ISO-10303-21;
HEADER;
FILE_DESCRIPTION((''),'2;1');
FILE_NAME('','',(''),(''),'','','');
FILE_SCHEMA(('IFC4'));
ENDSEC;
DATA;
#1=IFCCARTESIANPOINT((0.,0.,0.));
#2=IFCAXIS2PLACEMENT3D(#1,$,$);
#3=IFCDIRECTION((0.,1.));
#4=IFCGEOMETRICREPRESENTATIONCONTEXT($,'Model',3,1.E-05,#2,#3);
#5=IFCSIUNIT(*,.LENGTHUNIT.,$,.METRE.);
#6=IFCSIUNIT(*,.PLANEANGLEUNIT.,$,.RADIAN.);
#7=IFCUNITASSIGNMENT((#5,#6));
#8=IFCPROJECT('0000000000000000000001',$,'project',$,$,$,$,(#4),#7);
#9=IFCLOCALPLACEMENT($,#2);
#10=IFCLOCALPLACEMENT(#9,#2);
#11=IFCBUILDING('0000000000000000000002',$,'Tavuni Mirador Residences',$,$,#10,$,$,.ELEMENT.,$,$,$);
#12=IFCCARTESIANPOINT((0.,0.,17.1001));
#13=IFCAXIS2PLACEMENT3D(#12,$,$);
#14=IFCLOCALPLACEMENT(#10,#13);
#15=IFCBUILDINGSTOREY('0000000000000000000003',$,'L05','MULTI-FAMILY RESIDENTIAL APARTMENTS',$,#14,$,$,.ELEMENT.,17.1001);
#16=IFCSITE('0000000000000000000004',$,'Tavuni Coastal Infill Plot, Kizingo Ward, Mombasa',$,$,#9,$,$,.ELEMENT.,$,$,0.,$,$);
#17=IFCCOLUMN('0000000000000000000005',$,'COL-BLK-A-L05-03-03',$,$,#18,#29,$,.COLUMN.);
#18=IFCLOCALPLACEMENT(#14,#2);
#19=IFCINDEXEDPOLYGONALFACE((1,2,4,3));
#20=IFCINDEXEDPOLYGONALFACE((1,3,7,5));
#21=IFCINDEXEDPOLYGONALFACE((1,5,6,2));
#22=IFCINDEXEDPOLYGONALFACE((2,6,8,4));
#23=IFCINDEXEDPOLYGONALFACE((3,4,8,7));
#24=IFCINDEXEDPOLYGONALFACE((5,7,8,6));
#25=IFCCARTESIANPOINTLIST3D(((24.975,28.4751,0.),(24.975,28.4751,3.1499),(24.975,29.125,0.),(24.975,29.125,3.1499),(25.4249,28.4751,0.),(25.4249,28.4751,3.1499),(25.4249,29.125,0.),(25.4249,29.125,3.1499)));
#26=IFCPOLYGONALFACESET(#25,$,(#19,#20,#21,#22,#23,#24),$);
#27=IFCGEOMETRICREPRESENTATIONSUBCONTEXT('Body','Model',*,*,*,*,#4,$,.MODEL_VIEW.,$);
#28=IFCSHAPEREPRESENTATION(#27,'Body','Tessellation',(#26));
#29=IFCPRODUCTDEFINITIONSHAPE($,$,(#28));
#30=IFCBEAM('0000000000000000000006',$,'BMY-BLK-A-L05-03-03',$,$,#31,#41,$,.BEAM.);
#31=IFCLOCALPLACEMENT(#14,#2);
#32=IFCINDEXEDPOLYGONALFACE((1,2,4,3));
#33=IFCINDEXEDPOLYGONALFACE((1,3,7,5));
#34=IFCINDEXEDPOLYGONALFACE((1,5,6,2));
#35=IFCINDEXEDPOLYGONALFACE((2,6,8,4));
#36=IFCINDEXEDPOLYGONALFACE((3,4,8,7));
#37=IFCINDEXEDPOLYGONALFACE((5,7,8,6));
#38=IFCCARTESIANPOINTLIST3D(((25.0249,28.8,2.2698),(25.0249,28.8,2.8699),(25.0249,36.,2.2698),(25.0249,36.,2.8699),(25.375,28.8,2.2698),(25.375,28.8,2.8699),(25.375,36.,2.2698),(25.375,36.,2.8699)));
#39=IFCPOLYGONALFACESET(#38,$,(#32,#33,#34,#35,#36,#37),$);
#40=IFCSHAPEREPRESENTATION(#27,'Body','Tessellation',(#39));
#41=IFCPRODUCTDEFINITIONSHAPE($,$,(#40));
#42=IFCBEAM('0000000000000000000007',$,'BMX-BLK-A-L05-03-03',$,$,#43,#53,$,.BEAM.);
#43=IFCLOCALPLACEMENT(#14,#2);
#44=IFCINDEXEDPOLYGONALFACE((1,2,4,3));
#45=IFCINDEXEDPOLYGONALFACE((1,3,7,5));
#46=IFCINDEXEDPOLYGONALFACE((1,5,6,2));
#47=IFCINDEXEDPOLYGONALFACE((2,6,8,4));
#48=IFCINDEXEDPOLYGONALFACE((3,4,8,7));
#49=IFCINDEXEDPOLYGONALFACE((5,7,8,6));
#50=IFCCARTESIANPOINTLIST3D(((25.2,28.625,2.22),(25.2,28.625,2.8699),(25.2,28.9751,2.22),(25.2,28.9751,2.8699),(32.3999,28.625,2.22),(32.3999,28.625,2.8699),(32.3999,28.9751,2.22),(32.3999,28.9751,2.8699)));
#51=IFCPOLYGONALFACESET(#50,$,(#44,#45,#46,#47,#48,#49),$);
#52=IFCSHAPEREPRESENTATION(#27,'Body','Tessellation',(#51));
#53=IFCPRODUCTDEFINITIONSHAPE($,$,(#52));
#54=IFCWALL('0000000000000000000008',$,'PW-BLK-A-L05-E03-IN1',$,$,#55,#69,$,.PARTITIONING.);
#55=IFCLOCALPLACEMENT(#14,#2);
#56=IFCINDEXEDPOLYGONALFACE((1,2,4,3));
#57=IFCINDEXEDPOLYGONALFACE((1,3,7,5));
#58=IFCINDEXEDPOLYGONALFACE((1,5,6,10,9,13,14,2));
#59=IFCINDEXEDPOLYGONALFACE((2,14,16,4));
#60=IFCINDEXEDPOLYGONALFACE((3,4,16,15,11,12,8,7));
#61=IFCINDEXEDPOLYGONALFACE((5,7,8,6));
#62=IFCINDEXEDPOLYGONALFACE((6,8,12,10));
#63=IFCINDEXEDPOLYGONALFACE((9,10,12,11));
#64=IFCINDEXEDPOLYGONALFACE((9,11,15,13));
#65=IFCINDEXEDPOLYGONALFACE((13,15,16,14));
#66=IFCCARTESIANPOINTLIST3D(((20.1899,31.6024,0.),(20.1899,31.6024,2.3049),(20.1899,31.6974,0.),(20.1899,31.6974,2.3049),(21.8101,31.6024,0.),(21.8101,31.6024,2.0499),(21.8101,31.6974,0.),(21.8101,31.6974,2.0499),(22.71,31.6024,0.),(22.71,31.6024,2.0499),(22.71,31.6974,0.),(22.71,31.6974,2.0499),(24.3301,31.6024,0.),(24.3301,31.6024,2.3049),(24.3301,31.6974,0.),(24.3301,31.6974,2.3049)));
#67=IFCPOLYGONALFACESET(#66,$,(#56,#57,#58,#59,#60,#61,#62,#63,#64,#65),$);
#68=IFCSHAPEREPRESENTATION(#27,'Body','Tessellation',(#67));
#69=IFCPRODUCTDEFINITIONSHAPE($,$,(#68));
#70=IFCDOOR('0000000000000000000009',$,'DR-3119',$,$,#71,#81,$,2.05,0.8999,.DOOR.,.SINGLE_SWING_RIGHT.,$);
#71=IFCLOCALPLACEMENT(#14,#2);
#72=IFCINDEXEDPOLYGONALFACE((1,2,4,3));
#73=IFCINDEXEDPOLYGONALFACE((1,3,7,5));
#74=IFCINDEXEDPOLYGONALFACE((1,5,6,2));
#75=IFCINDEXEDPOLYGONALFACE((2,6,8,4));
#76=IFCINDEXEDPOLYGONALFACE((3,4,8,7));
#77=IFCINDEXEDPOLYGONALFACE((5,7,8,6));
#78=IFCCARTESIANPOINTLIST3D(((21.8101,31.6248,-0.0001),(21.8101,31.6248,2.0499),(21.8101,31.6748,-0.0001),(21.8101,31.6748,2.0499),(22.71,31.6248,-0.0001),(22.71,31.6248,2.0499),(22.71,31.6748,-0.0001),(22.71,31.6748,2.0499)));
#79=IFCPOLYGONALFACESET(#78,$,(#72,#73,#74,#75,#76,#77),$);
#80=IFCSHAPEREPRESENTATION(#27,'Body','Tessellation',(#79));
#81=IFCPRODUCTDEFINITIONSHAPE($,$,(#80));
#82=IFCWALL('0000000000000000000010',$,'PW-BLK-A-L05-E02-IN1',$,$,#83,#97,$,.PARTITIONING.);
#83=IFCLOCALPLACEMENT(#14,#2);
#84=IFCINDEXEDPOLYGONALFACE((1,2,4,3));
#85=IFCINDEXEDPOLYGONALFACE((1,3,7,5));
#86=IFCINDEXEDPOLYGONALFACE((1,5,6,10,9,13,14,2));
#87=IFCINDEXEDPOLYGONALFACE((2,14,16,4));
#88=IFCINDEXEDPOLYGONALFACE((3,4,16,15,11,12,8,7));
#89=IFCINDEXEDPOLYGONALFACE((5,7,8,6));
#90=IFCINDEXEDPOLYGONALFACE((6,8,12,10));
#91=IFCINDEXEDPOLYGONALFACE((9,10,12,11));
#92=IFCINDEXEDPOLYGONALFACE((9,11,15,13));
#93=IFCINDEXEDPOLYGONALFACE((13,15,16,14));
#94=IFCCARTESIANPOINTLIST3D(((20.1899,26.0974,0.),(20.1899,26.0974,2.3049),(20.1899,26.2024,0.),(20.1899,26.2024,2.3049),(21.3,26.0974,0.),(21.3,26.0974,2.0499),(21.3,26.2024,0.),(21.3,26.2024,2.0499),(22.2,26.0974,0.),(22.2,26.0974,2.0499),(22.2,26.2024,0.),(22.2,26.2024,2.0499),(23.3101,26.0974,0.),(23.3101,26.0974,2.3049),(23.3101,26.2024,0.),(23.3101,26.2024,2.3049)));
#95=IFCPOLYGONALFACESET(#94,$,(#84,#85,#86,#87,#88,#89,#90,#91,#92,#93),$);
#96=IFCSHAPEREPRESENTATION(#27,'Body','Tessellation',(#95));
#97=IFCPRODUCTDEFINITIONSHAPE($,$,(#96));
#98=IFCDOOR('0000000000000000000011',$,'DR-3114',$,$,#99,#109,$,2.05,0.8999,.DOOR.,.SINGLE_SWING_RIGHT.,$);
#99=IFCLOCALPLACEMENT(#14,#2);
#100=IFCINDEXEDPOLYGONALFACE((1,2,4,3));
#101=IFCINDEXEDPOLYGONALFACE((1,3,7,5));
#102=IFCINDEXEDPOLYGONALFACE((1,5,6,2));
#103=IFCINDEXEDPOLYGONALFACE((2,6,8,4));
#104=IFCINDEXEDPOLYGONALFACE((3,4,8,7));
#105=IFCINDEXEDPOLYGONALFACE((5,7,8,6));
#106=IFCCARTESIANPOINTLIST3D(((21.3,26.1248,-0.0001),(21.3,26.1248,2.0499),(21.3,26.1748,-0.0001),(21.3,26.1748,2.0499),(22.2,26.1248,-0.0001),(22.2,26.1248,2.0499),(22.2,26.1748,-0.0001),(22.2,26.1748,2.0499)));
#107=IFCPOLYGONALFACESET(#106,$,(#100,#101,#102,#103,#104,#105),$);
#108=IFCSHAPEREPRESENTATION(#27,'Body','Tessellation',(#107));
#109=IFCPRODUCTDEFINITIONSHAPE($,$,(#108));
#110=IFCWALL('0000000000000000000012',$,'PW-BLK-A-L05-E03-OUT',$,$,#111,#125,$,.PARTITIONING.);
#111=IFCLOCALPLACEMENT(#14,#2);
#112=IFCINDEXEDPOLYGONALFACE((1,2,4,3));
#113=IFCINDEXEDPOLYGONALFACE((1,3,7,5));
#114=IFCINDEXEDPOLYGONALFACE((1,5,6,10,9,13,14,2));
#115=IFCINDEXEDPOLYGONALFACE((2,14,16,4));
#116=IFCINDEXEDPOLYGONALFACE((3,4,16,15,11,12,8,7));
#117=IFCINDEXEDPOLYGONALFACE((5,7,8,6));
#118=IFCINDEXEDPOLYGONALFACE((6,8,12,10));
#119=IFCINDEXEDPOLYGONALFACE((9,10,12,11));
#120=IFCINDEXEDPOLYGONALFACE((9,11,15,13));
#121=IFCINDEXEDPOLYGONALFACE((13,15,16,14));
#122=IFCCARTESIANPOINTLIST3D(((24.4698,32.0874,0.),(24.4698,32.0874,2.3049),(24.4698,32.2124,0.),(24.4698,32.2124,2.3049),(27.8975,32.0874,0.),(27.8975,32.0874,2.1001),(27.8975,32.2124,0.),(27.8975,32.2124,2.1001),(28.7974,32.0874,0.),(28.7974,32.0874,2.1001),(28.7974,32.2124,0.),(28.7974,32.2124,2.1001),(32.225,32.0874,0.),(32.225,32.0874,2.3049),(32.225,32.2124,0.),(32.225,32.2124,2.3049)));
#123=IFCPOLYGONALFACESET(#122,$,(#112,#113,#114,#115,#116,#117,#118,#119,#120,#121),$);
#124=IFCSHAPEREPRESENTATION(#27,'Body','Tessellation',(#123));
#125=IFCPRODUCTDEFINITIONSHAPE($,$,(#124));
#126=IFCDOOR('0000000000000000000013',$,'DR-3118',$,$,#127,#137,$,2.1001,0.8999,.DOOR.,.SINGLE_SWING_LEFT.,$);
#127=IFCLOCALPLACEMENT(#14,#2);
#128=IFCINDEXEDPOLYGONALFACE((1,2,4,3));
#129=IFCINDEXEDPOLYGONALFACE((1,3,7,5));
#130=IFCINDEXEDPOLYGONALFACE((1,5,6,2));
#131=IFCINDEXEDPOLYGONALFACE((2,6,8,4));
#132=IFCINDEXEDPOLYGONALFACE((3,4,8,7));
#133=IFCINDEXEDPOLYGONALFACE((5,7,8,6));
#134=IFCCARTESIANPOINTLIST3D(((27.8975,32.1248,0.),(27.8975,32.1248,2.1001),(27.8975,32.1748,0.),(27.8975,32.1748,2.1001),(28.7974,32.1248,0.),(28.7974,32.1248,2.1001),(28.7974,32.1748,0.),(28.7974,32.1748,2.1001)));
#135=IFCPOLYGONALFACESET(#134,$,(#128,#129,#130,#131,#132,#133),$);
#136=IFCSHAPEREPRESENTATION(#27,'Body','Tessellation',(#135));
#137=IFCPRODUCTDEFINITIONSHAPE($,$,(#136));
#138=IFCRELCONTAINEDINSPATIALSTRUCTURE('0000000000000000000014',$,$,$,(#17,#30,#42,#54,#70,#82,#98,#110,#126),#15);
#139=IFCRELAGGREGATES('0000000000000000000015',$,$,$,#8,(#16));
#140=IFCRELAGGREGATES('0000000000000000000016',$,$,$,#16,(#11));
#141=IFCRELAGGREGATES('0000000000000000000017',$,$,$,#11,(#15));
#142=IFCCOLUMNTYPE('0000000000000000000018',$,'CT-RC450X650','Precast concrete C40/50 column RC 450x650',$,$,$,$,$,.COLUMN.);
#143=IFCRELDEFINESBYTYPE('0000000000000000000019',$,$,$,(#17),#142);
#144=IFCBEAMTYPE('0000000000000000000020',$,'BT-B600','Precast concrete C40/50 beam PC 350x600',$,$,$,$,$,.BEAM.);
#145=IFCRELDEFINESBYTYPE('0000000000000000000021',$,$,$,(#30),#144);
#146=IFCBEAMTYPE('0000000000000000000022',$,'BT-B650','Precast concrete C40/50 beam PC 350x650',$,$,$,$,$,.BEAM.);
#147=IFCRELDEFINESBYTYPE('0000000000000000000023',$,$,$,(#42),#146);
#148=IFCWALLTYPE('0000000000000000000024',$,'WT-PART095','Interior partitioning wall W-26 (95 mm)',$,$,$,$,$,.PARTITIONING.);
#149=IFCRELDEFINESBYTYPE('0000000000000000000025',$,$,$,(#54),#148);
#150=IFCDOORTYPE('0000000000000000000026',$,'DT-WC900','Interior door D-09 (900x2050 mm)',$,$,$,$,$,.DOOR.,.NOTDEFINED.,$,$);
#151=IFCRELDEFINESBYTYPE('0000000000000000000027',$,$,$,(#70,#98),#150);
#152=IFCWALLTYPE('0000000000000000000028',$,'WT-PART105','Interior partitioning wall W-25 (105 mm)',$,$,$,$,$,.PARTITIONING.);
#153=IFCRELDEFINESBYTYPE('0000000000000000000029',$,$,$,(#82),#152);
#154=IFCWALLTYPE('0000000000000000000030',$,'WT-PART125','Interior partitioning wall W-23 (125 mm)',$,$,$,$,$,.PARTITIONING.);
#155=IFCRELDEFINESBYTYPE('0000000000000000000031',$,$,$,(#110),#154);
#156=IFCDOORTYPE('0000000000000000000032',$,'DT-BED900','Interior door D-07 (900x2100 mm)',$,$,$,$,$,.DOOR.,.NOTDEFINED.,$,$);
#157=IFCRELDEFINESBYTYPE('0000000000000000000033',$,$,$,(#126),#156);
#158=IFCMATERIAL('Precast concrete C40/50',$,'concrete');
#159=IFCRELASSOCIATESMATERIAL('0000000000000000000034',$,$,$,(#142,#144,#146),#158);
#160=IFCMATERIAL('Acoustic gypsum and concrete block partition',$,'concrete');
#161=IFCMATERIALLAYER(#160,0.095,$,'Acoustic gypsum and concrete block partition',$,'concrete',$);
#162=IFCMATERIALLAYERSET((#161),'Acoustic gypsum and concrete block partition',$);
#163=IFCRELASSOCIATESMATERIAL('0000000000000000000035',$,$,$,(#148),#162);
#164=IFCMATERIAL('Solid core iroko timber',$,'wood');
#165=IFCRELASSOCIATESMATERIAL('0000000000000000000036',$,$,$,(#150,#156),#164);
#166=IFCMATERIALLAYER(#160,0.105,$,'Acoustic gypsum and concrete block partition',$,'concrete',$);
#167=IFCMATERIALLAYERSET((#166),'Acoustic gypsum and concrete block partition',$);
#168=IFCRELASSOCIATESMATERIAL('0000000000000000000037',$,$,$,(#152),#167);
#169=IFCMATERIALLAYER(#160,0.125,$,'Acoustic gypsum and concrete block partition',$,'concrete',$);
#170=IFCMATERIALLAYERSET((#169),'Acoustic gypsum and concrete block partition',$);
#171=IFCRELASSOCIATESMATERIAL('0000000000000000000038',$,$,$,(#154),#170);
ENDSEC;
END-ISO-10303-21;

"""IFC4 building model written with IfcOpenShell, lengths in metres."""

from ifc_helpers import new_model, si_unit, direction, frame, frame_2d, origin, origin_2d, place, context, subcontext, project, spatial, rectangle, extrude, material, layer, layer_set, material_profile, profile_set, type_object, element, fill, save


model = new_model("IFC4")

# Units and contexts
model_context = context("Model", 3, precision=1e-05, world=origin(), true_north=direction((0.0, 1.0)))
body_context = subcontext(model_context, "Body", "Model", "MODEL_VIEW")
ifc_project = project(units=[si_unit("LENGTHUNIT", "METRE"), si_unit("PLANEANGLEUNIT", "RADIAN")], contexts=[model_context])

# Site, building, storey
site_placement = place(None, origin())
site = spatial("IfcSite", under=ifc_project, at=site_placement, Name="Tavuni Coastal Infill Plot, Kizingo Ward, Mombasa", CompositionType="ELEMENT", RefElevation=0.0)
building_placement = place(site_placement, origin())
building = spatial("IfcBuilding", under=site, at=building_placement, Name="Tavuni Mirador Residences", CompositionType="ELEMENT")
storey_placement = place(building_placement, frame((0.0, 0.0, 17.1001)))
storey = spatial("IfcBuildingStorey", under=building, at=storey_placement, Name="L05", Description="MULTI-FAMILY RESIDENTIAL APARTMENTS", CompositionType="ELEMENT", Elevation=17.1001)

# Column
ifc_material_1 = material(Name="Precast concrete C40/50", Category="concrete")
ifc_material_profile_1 = material_profile(ifc_material_1, rectangle(XDim=0.45, YDim=0.6499, at=origin_2d()), Name="RC 450x650", Category="concrete")
ifc_profile_set_1 = profile_set([ifc_material_profile_1], Name="Precast concrete C40/50")
column_type = type_object("IfcColumnType", Name="CT-RC450X650", Description="Precast concrete C40/50 column RC 450x650", PredefinedType="COLUMN", material=ifc_profile_set_1)
column_placement = place(storey_placement, frame((25.2, 28.8, 0.0), z_axis=(0.0, 0.0, 1.0), x_axis=(1.0, 0.0, 0.0)))
element("IfcColumn", 1, at=column_placement, inside=storey, type_object=column_type, Name="COL-BLK-A-L05-03-03", PredefinedType="COLUMN", context=body_context, shape_type="SweptSolid", body=[
    extrude(rectangle(XDim=0.45, YDim=0.6499, at=origin_2d()), origin(), (0.0, 0.0, 1.0), 3.1499),
])

# Beams
ifc_material_profile_2 = material_profile(ifc_material_1, rectangle(XDim=0.3501, YDim=0.6001, at=origin_2d()), Name="PC 350x600", Category="concrete")
ifc_profile_set_2 = profile_set([ifc_material_profile_2], Name="Precast concrete C40/50")
beam_type_1 = type_object("IfcBeamType", Name="BT-B600", Description="Precast concrete C40/50 beam PC 350x600", PredefinedType="BEAM", material=ifc_profile_set_2)
beam_1_placement = place(storey_placement, frame((25.2, 28.8, 2.5698), z_axis=(0.0, 1.0, 0.0), x_axis=(-1.0, 0.0, 0.0)))
element("IfcBeam", 2, at=beam_1_placement, inside=storey, type_object=beam_type_1, Name="BMY-BLK-A-L05-03-03", PredefinedType="BEAM", context=body_context, shape_type="SweptSolid", body=[
    extrude(rectangle(XDim=0.3501, YDim=0.6001, at=origin_2d()), origin(), (0.0, 0.0, 1.0), 7.2),
])
ifc_material_profile_3 = material_profile(ifc_material_1, rectangle(XDim=0.3501, YDim=0.6499, at=origin_2d()), Name="PC 350x650", Category="concrete")
ifc_profile_set_3 = profile_set([ifc_material_profile_3], Name="Precast concrete C40/50")
beam_type_2 = type_object("IfcBeamType", Name="BT-B650", Description="Precast concrete C40/50 beam PC 350x650", PredefinedType="BEAM", material=ifc_profile_set_3)
beam_2_placement = place(storey_placement, frame((25.2, 28.8, 2.5449), z_axis=(1.0, 0.0, 0.0), x_axis=(0.0, 1.0, 0.0)))
element("IfcBeam", 3, at=beam_2_placement, inside=storey, type_object=beam_type_2, Name="BMX-BLK-A-L05-03-03", PredefinedType="BEAM", context=body_context, shape_type="SweptSolid", body=[
    extrude(rectangle(XDim=0.3501, YDim=0.6499, at=origin_2d()), origin(), (0.0, 0.0, 1.0), 7.2),
])

# Walls, openings, doors
ifc_material_2 = material(Name="Solid core iroko timber", Category="wood")
ifc_material_3 = material(Name="Acoustic gypsum and concrete block partition", Category="concrete")
ifc_layer_1 = layer(ifc_material_3, 0.095, Name="Acoustic gypsum and concrete block partition", Category="concrete")
ifc_layer_set_1 = layer_set([ifc_layer_1], Name="Acoustic gypsum and concrete block partition")
wall_type_1 = type_object("IfcWallType", Name="WT-PART095", Description="Interior partitioning wall W-26 (95 mm)", PredefinedType="PARTITIONING", material=ifc_layer_set_1)
wall_1_placement = place(storey_placement, frame((20.1899, 31.6499, 0.0), z_axis=(0.0, 0.0, 1.0), x_axis=(1.0, 0.0, 0.0)))
wall_1 = element("IfcWall", 4, at=wall_1_placement, inside=storey, type_object=wall_type_1, Name="PW-BLK-A-L05-E03-IN1", PredefinedType="PARTITIONING", context=body_context, shape_type="SweptSolid", body=[
    extrude(rectangle(XDim=4.1401, YDim=0.095, at=frame_2d((2.0701, 0.0))), origin(), (0.0, 0.0, 1.0), 2.3049),
])
opening_1_placement = place(wall_1_placement, frame((1.6201, 0.0, 0.0)))
opening_1 = element("IfcOpeningElement", 5, at=opening_1_placement, cuts=wall_1, PredefinedType="OPENING", context=body_context, shape_type="SweptSolid", body=[
    extrude(rectangle(XDim=0.8999, YDim=2.05, at=frame_2d((0.45, 1.0249))), frame((0.0, 0.0576, 0.0), z_axis=(0.0, -1.0, 0.0), x_axis=(1.0, 0.0, 0.0)), (0.0, 0.0, 1.0), 0.115),
])
door_type_1 = type_object("IfcDoorType", Name="DT-WC900", Description="Interior door D-09 (900x2050 mm)", OperationType="NOTDEFINED", PredefinedType="DOOR", material=ifc_material_2)
door_1_placement = place(opening_1_placement, origin())
door_1 = element("IfcDoor", 6, at=door_1_placement, inside=storey, type_object=door_type_1, Name="DR-3119", OperationType="SINGLE_SWING_RIGHT", OverallHeight=2.05, OverallWidth=0.8999, PredefinedType="DOOR", context=body_context, shape_type="SweptSolid", body=[
    extrude(rectangle(XDim=0.8999, YDim=2.05, at=frame_2d((0.45, 1.0249))), frame((0.0, 0.0249, 0.0), z_axis=(0.0, -1.0, 0.0), x_axis=(1.0, 0.0, 0.0)), (0.0, 0.0, 1.0), 0.05),
])
fill(opening_1, door_1)
ifc_layer_2 = layer(ifc_material_3, 0.105, Name="Acoustic gypsum and concrete block partition", Category="concrete")
ifc_layer_set_2 = layer_set([ifc_layer_2], Name="Acoustic gypsum and concrete block partition")
wall_type_2 = type_object("IfcWallType", Name="WT-PART105", Description="Interior partitioning wall W-25 (105 mm)", PredefinedType="PARTITIONING", material=ifc_layer_set_2)
wall_2_placement = place(storey_placement, frame((20.1899, 26.1499, 0.0), z_axis=(0.0, 0.0, 1.0), x_axis=(1.0, 0.0, 0.0)))
wall_2 = element("IfcWall", 7, at=wall_2_placement, inside=storey, type_object=wall_type_2, Name="PW-BLK-A-L05-E02-IN1", PredefinedType="PARTITIONING", context=body_context, shape_type="SweptSolid", body=[
    extrude(rectangle(XDim=3.1201, YDim=0.105, at=frame_2d((1.5601, 0.0))), origin(), (0.0, 0.0, 1.0), 2.3049),
])
opening_2_placement = place(wall_2_placement, frame((1.1101, 0.0, 0.0)))
opening_2 = element("IfcOpeningElement", 8, at=opening_2_placement, cuts=wall_2, PredefinedType="OPENING", context=body_context, shape_type="SweptSolid", body=[
    extrude(rectangle(XDim=0.8999, YDim=2.05, at=frame_2d((0.45, 1.0249))), frame((0.0, 0.0625, 0.0), z_axis=(0.0, -1.0, 0.0), x_axis=(1.0, 0.0, 0.0)), (0.0, 0.0, 1.0), 0.125),
])
door_2_placement = place(opening_2_placement, origin())
door_2 = element("IfcDoor", 9, at=door_2_placement, inside=storey, type_object=door_type_1, Name="DR-3114", OperationType="SINGLE_SWING_RIGHT", OverallHeight=2.05, OverallWidth=0.8999, PredefinedType="DOOR", context=body_context, shape_type="SweptSolid", body=[
    extrude(rectangle(XDim=0.8999, YDim=2.05, at=frame_2d((0.45, 1.0249))), frame((0.0, 0.0249, 0.0), z_axis=(0.0, -1.0, 0.0), x_axis=(1.0, 0.0, 0.0)), (0.0, 0.0, 1.0), 0.05),
])
fill(opening_2, door_2)
ifc_layer_3 = layer(ifc_material_3, 0.125, Name="Acoustic gypsum and concrete block partition", Category="concrete")
ifc_layer_set_3 = layer_set([ifc_layer_3], Name="Acoustic gypsum and concrete block partition")
wall_type_3 = type_object("IfcWallType", Name="WT-PART125", Description="Interior partitioning wall W-23 (125 mm)", PredefinedType="PARTITIONING", material=ifc_layer_set_3)
wall_3_placement = place(storey_placement, frame((24.47, 32.1499, 0.0), z_axis=(0.0, 0.0, 1.0), x_axis=(1.0, 0.0, 0.0)))
wall_3 = element("IfcWall", 10, at=wall_3_placement, inside=storey, type_object=wall_type_3, Name="PW-BLK-A-L05-E03-OUT", PredefinedType="PARTITIONING", context=body_context, shape_type="SweptSolid", body=[
    extrude(rectangle(XDim=7.7551, YDim=0.125, at=frame_2d((3.8774, 0.0))), origin(), (0.0, 0.0, 1.0), 2.3049),
])
opening_3_placement = place(wall_3_placement, frame((3.4275, 0.0, 0.0)))
opening_3 = element("IfcOpeningElement", 11, at=opening_3_placement, cuts=wall_3, PredefinedType="OPENING", context=body_context, shape_type="SweptSolid", body=[
    extrude(rectangle(XDim=0.8999, YDim=2.1001, at=frame_2d((0.45, 1.05))), frame((0.0, 0.0725, 0.0), z_axis=(0.0, -1.0, 0.0), x_axis=(1.0, 0.0, 0.0)), (0.0, 0.0, 1.0), 0.145),
])
door_type_2 = type_object("IfcDoorType", Name="DT-BED900", Description="Interior door D-07 (900x2100 mm)", OperationType="NOTDEFINED", PredefinedType="DOOR", material=ifc_material_2)
door_3_placement = place(opening_3_placement, origin())
door_3 = element("IfcDoor", 12, at=door_3_placement, inside=storey, type_object=door_type_2, Name="DR-3118", OperationType="SINGLE_SWING_LEFT", OverallHeight=2.1001, OverallWidth=0.8999, PredefinedType="DOOR", context=body_context, shape_type="SweptSolid", body=[
    extrude(rectangle(XDim=0.8999, YDim=2.1001, at=frame_2d((0.45, 1.05))), frame((0.0, 0.0249, 0.0), z_axis=(0.0, -1.0, 0.0), x_axis=(1.0, 0.0, 0.0)), (0.0, 0.0, 1.0), 0.05),
])
fill(opening_3, door_3)

save(model, "model.ifc")
